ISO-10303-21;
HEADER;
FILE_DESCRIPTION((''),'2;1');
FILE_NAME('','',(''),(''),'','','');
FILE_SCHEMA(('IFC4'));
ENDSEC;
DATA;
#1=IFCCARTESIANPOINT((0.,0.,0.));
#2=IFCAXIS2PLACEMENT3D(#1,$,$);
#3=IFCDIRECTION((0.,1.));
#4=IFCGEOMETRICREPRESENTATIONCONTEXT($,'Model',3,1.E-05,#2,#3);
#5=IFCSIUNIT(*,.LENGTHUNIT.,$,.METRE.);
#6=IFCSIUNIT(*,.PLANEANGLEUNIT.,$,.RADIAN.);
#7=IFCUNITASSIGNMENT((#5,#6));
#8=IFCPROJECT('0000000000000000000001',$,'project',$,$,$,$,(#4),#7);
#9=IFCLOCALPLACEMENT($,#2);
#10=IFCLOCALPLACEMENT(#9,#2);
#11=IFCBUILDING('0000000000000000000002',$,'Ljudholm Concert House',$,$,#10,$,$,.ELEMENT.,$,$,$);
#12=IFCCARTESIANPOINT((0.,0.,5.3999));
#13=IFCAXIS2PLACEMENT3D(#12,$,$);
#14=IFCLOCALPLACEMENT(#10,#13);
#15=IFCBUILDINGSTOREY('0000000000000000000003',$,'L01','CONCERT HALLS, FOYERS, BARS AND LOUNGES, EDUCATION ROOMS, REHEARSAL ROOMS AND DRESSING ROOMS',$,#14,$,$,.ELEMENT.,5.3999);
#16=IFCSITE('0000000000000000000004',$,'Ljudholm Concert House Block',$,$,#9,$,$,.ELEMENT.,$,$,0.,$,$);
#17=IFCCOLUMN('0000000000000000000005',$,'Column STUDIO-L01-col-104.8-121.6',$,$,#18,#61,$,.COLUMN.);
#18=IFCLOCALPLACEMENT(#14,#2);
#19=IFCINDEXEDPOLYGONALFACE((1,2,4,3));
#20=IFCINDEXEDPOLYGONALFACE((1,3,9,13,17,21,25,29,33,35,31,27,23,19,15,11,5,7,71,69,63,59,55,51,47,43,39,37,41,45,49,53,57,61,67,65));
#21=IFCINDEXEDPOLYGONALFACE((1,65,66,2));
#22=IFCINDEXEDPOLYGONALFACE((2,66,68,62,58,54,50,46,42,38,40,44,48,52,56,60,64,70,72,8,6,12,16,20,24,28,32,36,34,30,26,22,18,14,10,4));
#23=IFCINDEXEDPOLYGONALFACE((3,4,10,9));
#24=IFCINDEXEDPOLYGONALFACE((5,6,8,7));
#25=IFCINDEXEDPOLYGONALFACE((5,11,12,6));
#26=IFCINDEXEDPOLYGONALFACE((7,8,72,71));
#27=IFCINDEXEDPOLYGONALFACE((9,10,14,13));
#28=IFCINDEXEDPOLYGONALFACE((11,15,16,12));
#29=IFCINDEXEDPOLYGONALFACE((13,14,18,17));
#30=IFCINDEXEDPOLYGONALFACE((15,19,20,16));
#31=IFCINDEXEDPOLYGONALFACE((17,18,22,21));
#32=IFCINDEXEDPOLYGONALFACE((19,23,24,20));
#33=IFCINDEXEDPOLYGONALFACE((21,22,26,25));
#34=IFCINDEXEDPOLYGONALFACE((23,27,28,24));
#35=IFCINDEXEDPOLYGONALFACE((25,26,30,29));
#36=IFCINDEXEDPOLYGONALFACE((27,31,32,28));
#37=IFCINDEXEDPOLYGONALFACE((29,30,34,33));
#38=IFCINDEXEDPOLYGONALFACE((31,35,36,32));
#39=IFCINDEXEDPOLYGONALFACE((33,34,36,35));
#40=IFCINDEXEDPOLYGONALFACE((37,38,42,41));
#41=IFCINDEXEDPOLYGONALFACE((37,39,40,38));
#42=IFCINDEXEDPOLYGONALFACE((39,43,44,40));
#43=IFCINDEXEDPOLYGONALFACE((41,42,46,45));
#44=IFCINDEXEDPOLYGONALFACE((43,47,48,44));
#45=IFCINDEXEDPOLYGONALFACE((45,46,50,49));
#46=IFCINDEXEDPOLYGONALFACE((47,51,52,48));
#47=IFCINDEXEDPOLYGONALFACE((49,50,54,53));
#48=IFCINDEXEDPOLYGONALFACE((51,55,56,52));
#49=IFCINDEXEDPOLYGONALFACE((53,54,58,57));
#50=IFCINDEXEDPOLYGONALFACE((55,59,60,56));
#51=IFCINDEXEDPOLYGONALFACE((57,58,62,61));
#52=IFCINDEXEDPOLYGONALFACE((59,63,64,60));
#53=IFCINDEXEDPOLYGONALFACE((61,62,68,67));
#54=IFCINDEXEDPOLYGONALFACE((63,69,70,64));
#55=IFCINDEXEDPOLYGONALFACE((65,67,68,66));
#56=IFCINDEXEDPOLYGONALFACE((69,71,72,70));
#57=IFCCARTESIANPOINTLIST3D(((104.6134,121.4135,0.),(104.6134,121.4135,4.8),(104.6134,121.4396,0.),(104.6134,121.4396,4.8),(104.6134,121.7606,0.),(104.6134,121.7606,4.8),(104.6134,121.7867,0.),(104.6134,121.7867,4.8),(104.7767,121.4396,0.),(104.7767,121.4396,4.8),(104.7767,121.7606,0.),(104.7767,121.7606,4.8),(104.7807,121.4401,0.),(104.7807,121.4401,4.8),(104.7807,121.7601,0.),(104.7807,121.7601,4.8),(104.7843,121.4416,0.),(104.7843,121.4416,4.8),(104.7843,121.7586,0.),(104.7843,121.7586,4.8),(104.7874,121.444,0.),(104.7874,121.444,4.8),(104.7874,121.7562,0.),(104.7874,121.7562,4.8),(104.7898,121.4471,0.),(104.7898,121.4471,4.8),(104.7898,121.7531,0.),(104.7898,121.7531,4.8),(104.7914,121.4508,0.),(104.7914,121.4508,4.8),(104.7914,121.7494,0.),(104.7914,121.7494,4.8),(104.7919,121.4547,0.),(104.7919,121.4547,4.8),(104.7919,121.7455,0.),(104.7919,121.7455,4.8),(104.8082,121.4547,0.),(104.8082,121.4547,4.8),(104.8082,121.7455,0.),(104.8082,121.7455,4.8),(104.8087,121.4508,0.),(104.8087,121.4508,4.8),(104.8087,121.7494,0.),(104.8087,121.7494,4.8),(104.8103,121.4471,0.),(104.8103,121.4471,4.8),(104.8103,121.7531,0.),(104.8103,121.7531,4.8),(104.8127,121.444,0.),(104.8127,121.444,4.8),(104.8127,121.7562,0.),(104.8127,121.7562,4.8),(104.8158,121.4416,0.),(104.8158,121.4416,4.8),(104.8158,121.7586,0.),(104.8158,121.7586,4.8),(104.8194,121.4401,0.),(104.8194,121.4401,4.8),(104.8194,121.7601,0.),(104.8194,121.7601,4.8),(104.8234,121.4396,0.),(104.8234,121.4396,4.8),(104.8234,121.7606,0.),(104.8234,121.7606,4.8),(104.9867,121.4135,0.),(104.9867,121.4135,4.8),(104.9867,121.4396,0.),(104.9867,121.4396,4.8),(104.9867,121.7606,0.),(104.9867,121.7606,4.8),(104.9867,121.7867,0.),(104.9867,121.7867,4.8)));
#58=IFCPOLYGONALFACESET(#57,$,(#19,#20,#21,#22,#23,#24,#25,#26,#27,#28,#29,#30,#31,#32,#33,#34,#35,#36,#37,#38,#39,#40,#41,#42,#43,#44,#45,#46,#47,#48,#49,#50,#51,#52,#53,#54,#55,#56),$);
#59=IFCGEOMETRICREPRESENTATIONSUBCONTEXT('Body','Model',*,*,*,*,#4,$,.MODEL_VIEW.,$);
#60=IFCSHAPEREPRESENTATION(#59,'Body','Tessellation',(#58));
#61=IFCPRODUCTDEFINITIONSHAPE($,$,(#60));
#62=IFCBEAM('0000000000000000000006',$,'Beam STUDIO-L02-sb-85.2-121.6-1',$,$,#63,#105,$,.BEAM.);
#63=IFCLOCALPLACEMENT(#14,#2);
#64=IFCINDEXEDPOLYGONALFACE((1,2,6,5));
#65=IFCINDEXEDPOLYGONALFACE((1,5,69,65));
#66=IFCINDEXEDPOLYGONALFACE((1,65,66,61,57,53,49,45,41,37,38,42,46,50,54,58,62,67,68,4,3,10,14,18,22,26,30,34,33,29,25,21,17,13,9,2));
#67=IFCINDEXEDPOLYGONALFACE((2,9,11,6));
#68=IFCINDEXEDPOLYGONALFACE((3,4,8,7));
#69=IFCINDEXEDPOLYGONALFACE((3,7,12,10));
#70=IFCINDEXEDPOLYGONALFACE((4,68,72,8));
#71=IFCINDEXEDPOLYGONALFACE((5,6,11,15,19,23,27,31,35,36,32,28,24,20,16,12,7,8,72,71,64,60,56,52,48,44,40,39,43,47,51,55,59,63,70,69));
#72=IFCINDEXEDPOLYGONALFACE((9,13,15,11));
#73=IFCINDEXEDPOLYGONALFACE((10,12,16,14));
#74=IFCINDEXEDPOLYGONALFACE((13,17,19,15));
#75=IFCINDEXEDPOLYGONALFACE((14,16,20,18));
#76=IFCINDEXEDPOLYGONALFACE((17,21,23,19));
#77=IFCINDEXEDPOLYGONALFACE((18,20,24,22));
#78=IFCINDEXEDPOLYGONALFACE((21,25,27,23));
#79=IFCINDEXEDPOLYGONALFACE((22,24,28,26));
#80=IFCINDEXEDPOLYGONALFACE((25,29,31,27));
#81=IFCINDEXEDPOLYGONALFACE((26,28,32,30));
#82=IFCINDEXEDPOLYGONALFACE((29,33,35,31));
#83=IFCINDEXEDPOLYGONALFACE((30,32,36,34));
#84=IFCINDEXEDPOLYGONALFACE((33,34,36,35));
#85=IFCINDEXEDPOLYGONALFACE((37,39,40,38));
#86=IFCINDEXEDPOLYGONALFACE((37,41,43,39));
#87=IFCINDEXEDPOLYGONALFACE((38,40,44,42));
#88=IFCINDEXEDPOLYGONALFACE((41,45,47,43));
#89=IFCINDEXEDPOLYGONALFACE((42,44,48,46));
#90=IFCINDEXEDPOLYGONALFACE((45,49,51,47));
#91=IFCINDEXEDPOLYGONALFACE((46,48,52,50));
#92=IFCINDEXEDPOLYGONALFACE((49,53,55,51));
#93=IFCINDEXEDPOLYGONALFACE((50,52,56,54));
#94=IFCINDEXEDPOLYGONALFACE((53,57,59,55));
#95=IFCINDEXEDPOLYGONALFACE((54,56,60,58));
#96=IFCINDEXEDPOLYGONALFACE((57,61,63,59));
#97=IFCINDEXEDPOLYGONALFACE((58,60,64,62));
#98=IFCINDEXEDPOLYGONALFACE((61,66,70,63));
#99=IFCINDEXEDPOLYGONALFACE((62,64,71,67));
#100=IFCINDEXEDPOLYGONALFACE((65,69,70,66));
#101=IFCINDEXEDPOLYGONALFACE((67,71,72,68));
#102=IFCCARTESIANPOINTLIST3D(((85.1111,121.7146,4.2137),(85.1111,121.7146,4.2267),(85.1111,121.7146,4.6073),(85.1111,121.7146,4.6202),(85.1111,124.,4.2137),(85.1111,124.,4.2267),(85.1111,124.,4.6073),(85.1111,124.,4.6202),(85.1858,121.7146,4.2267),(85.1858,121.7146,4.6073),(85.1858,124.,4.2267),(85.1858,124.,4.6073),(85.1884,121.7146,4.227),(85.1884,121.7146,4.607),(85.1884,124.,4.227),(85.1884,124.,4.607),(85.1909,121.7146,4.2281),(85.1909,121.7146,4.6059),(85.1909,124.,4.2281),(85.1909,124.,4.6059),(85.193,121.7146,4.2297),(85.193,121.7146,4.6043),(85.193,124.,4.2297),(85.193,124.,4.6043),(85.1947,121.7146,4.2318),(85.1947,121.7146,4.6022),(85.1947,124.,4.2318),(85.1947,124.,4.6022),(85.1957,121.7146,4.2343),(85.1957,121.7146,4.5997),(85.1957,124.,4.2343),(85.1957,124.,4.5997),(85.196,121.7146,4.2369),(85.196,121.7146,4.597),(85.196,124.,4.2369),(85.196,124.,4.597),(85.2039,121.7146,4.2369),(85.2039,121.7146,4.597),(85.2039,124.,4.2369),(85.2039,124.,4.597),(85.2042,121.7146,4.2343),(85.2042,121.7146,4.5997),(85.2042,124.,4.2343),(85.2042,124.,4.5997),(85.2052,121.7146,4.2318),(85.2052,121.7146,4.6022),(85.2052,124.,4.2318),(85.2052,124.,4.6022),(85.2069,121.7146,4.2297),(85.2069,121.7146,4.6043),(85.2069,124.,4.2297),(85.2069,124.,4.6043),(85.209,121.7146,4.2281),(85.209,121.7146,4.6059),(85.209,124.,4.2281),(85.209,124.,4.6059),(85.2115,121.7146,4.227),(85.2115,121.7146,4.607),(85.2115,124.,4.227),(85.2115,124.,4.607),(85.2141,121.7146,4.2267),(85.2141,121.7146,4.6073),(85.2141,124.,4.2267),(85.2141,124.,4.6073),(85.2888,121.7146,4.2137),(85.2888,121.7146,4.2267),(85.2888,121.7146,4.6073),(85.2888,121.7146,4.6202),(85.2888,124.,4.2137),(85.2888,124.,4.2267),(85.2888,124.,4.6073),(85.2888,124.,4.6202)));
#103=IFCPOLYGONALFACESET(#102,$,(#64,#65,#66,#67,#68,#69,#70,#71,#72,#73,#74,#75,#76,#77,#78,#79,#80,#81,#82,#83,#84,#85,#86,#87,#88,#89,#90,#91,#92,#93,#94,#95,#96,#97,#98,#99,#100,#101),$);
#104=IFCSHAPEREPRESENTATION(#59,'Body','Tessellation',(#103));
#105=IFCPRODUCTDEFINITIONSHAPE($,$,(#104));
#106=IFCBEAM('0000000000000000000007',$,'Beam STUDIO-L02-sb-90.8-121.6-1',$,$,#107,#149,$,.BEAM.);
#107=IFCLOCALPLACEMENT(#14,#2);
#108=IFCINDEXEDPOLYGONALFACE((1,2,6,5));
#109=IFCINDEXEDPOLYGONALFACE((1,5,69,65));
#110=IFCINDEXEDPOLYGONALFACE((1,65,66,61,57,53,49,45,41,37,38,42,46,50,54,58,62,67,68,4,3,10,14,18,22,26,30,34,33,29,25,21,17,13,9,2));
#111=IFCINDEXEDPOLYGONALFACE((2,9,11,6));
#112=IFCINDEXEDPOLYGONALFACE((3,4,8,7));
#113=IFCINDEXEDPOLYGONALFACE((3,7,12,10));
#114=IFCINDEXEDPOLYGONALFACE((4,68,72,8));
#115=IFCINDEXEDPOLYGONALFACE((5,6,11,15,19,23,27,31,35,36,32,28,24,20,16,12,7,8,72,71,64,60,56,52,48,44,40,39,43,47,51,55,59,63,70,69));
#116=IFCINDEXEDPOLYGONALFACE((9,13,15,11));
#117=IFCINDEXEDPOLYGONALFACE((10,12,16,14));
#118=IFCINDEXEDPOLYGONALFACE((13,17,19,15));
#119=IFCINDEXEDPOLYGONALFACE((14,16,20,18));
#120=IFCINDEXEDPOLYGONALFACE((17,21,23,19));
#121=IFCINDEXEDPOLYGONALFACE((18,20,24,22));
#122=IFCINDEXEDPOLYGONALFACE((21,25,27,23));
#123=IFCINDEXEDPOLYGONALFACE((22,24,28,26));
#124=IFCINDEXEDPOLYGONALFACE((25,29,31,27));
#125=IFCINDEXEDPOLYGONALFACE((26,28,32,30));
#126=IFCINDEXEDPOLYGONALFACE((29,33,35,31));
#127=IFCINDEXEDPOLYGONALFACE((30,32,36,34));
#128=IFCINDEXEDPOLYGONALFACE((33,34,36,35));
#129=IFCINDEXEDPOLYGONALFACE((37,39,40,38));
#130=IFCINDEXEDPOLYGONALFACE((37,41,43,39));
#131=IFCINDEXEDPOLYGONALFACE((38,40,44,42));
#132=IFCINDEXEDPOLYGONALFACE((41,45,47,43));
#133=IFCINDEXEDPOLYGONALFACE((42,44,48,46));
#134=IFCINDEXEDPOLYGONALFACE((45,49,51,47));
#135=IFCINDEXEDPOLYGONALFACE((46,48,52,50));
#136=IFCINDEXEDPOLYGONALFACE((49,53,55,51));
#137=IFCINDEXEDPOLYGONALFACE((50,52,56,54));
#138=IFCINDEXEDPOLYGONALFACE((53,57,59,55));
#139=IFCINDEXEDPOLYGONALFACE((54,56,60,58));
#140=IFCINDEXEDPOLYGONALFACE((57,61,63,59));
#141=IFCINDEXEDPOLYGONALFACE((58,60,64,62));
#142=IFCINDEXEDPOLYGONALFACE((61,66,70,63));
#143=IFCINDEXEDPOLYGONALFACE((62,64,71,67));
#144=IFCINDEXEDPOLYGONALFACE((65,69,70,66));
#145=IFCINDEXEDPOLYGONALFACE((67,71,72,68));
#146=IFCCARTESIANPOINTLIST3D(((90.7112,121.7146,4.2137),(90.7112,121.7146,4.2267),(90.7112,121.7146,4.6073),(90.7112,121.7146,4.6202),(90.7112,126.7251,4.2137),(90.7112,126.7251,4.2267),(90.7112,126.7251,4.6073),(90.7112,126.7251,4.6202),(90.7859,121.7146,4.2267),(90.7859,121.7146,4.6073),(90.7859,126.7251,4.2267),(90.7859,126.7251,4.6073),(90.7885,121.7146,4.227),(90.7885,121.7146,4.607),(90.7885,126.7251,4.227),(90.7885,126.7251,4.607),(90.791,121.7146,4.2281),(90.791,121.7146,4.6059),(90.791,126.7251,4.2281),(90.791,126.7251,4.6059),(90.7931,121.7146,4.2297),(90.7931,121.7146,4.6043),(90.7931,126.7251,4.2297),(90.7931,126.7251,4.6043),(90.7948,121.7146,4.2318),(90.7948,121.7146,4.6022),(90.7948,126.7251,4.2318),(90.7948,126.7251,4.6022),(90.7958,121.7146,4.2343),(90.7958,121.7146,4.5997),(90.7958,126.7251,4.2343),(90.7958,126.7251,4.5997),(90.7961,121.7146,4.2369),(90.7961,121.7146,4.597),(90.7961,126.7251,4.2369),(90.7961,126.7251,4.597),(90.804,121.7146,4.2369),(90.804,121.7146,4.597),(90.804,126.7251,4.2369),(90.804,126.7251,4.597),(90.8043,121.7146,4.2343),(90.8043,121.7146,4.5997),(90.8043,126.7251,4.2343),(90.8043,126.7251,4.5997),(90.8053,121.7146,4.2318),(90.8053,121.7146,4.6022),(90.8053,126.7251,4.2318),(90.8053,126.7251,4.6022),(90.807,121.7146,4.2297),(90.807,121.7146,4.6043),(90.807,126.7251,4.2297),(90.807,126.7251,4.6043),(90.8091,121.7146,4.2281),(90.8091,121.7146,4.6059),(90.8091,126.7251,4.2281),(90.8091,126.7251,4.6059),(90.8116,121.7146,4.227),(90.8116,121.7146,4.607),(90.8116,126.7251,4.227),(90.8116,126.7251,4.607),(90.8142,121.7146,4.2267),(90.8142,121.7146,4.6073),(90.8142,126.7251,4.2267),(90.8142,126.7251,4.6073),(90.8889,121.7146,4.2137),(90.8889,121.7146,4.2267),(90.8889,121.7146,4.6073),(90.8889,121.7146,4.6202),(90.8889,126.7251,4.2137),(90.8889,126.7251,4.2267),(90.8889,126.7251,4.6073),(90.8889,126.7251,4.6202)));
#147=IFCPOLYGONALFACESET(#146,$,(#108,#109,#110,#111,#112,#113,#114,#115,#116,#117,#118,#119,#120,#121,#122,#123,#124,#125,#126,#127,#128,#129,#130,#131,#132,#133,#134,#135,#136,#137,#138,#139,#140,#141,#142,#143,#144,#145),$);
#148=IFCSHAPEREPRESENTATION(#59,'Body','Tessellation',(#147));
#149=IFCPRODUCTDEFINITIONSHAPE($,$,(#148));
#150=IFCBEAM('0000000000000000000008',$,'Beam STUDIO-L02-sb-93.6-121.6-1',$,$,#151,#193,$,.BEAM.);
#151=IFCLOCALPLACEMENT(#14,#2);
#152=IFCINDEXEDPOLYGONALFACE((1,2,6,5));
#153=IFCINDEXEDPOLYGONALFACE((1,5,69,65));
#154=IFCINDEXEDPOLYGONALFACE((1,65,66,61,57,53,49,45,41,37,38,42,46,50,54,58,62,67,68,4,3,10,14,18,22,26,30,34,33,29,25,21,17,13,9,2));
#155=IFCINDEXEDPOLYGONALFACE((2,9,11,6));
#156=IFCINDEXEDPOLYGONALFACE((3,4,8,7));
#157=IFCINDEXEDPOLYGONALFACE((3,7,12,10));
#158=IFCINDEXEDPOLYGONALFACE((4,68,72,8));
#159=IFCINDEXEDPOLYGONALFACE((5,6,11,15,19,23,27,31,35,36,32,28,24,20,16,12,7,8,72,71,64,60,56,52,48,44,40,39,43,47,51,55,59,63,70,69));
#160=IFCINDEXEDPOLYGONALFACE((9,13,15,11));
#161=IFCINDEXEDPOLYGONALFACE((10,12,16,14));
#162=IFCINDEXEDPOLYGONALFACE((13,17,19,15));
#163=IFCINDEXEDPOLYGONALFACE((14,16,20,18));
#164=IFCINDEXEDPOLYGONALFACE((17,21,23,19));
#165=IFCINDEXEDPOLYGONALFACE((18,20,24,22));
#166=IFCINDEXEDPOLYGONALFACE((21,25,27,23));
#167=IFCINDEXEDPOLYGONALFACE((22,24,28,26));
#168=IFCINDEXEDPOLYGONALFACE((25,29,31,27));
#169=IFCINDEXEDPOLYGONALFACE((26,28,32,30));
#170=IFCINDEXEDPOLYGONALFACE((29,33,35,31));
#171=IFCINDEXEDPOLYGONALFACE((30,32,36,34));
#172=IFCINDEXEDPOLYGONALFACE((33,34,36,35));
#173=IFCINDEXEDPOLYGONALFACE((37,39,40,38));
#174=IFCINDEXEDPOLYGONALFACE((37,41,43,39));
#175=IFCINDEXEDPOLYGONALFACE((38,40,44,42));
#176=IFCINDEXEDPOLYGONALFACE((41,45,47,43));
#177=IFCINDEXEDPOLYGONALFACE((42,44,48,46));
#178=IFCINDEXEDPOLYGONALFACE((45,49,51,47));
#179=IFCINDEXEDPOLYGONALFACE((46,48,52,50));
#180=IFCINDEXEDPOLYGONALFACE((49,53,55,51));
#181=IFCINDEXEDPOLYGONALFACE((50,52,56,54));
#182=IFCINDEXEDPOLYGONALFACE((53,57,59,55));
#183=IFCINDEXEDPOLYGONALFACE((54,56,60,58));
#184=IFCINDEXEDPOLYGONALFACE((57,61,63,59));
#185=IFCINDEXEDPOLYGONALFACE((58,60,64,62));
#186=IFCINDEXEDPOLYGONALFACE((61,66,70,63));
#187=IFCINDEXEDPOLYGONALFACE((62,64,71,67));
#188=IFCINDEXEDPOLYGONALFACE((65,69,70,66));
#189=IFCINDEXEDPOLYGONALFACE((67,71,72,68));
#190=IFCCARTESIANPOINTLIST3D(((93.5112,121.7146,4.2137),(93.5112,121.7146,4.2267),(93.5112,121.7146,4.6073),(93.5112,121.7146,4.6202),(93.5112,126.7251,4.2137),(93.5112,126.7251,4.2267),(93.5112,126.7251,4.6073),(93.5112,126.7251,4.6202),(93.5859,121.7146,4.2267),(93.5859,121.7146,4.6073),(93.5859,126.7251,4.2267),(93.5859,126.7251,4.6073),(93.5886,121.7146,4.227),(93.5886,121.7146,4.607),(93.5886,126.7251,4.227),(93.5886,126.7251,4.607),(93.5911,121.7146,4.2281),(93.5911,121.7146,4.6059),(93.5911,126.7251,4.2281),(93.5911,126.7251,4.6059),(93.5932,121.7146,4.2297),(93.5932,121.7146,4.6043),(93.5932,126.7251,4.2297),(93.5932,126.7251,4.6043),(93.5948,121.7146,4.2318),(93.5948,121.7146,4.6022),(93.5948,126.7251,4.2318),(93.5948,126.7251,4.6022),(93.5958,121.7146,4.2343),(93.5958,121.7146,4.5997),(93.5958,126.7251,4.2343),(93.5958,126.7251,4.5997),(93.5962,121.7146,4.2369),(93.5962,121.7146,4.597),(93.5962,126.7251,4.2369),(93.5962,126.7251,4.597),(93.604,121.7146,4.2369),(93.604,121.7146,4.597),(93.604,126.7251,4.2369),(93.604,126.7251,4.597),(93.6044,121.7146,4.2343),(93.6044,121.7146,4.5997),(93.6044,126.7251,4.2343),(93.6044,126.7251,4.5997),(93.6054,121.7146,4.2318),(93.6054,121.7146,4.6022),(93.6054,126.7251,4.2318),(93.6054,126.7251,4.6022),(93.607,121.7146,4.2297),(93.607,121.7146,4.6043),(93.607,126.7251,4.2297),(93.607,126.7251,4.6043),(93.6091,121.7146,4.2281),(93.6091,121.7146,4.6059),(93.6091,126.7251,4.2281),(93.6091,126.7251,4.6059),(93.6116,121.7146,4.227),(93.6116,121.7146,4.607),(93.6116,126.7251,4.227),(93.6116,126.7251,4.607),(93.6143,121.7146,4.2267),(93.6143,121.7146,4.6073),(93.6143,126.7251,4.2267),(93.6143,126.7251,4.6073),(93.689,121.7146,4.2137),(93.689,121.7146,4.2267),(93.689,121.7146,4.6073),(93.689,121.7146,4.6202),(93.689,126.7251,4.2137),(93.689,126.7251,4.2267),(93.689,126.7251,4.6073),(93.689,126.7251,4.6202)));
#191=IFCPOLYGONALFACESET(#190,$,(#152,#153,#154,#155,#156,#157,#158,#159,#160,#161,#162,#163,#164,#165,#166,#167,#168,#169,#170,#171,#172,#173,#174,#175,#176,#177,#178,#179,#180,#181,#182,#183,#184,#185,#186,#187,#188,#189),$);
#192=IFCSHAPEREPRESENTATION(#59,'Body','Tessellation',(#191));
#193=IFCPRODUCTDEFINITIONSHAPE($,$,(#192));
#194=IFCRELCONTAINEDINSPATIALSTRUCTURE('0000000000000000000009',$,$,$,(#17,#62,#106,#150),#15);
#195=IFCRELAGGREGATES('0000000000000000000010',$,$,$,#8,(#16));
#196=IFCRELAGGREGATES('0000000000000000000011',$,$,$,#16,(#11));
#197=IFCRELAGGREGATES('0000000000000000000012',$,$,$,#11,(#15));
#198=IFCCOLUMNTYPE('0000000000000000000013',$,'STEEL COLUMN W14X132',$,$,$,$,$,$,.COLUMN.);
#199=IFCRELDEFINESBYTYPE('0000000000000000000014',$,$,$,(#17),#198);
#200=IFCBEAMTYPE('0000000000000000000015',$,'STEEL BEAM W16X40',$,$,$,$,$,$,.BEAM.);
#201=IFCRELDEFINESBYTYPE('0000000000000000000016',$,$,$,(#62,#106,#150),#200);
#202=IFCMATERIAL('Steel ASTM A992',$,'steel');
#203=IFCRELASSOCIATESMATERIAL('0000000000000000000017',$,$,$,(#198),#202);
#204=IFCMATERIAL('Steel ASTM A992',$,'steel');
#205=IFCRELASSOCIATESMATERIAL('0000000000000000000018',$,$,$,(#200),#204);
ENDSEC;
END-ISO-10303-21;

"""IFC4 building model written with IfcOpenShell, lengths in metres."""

from ifc_helpers import new_model, si_unit, direction, frame, origin, origin_2d, place, context, subcontext, project, spatial, i_section, extrude, material, material_profile, profile_set, type_object, element, save


model = new_model("IFC4")

# Units and contexts
model_context = context("Model", 3, precision=1e-05, world=origin(), true_north=direction((0.0, 1.0)))
body_context = subcontext(model_context, "Body", "Model", "MODEL_VIEW")
ifc_project = project(units=[si_unit("LENGTHUNIT", "METRE"), si_unit("PLANEANGLEUNIT", "RADIAN")], contexts=[model_context])

# Site, building, storey
site_placement = place(None, origin())
site = spatial("IfcSite", under=ifc_project, at=site_placement, Name="Ljudholm Concert House Block", CompositionType="ELEMENT", RefElevation=0.0)
building_placement = place(site_placement, origin())
building = spatial("IfcBuilding", under=site, at=building_placement, Name="Ljudholm Concert House", CompositionType="ELEMENT")
storey_placement = place(building_placement, frame((0.0, 0.0, 5.3999)))
storey = spatial("IfcBuildingStorey", under=building, at=storey_placement, Name="L01", Description="CONCERT HALLS, FOYERS, BARS AND LOUNGES, EDUCATION ROOMS, REHEARSAL ROOMS AND DRESSING ROOMS", CompositionType="ELEMENT", Elevation=5.3999)

# Column
ifc_material_1 = material(Name="Steel ASTM A992", Category="steel")
ifc_material_profile_1 = material_profile(ifc_material_1, i_section(OverallWidth=0.3733, OverallDepth=0.3733, WebThickness=0.0164, FlangeThickness=0.0261, FilletRadius=0.0151, at=origin_2d()), Name="W14X132")
ifc_profile_set_1 = profile_set([ifc_material_profile_1], Name="Steel ASTM A992")
column_type = type_object("IfcColumnType", Name="STEEL COLUMN W14X132", PredefinedType="COLUMN", material=ifc_profile_set_1)
for number, where, z_axis, x_axis, name in (
    (1, (104.8, 121.6001, 0.0), (0.0, 0.0, 1.0), (1.0, 0.0, 0.0), "Column STUDIO-L01-col-104.8-121.6"),
):
    element("IfcColumn", number, at=place(storey_placement, frame(where, z_axis=z_axis, x_axis=x_axis)), inside=storey, type_object=column_type, Name=name, PredefinedType="COLUMN", context=body_context, shape_type="SweptSolid", body=[
        extrude(i_section(OverallWidth=0.3733, OverallDepth=0.3733, WebThickness=0.0164, FlangeThickness=0.0261, FilletRadius=0.0151, at=origin_2d()), origin(), (0.0, 0.0, 1.0), 4.8),
    ])

# Beams
ifc_material_2 = material(Name="Steel ASTM A992", Category="steel")
ifc_material_profile_2 = material_profile(ifc_material_2, i_section(OverallWidth=0.1777, OverallDepth=0.4065, WebThickness=0.0078, FlangeThickness=0.0129, FilletRadius=0.0103, at=origin_2d()), Name="W16X40")
ifc_profile_set_2 = profile_set([ifc_material_profile_2], Name="Steel ASTM A992")
beam_type_1 = type_object("IfcBeamType", Name="STEEL BEAM W16X40", PredefinedType="BEAM", material=ifc_profile_set_2)
beam_1_placement = place(storey_placement, frame((85.2, 121.7146, 4.417), z_axis=(0.0, 1.0, 0.0), x_axis=(-1.0, 0.0, 0.0)))
element("IfcBeam", 2, at=beam_1_placement, inside=storey, type_object=beam_type_1, Name="Beam STUDIO-L02-sb-85.2-121.6-1", PredefinedType="BEAM", context=body_context, shape_type="SweptSolid", body=[
    extrude(i_section(OverallWidth=0.1777, OverallDepth=0.4065, WebThickness=0.0078, FlangeThickness=0.0129, FilletRadius=0.0103, at=origin_2d()), origin(), (0.0, 0.0, 1.0), 2.2854),
])
for number, where, z_axis, x_axis, name in (
    (3, (90.8, 121.7146, 4.417), (0.0, 1.0, 0.0), (-1.0, 0.0, 0.0), "Beam STUDIO-L02-sb-90.8-121.6-1"),
    (4, (93.6001, 121.7146, 4.417), (0.0, 1.0, 0.0), (-1.0, 0.0, 0.0), "Beam STUDIO-L02-sb-93.6-121.6-1"),
):
    element("IfcBeam", number, at=place(storey_placement, frame(where, z_axis=z_axis, x_axis=x_axis)), inside=storey, type_object=beam_type_1, Name=name, PredefinedType="BEAM", context=body_context, shape_type="SweptSolid", body=[
        extrude(i_section(OverallWidth=0.1777, OverallDepth=0.4065, WebThickness=0.0078, FlangeThickness=0.0129, FilletRadius=0.0103, at=origin_2d()), origin(), (0.0, 0.0, 1.0), 5.0105),
    ])

save(model, "model.ifc")
